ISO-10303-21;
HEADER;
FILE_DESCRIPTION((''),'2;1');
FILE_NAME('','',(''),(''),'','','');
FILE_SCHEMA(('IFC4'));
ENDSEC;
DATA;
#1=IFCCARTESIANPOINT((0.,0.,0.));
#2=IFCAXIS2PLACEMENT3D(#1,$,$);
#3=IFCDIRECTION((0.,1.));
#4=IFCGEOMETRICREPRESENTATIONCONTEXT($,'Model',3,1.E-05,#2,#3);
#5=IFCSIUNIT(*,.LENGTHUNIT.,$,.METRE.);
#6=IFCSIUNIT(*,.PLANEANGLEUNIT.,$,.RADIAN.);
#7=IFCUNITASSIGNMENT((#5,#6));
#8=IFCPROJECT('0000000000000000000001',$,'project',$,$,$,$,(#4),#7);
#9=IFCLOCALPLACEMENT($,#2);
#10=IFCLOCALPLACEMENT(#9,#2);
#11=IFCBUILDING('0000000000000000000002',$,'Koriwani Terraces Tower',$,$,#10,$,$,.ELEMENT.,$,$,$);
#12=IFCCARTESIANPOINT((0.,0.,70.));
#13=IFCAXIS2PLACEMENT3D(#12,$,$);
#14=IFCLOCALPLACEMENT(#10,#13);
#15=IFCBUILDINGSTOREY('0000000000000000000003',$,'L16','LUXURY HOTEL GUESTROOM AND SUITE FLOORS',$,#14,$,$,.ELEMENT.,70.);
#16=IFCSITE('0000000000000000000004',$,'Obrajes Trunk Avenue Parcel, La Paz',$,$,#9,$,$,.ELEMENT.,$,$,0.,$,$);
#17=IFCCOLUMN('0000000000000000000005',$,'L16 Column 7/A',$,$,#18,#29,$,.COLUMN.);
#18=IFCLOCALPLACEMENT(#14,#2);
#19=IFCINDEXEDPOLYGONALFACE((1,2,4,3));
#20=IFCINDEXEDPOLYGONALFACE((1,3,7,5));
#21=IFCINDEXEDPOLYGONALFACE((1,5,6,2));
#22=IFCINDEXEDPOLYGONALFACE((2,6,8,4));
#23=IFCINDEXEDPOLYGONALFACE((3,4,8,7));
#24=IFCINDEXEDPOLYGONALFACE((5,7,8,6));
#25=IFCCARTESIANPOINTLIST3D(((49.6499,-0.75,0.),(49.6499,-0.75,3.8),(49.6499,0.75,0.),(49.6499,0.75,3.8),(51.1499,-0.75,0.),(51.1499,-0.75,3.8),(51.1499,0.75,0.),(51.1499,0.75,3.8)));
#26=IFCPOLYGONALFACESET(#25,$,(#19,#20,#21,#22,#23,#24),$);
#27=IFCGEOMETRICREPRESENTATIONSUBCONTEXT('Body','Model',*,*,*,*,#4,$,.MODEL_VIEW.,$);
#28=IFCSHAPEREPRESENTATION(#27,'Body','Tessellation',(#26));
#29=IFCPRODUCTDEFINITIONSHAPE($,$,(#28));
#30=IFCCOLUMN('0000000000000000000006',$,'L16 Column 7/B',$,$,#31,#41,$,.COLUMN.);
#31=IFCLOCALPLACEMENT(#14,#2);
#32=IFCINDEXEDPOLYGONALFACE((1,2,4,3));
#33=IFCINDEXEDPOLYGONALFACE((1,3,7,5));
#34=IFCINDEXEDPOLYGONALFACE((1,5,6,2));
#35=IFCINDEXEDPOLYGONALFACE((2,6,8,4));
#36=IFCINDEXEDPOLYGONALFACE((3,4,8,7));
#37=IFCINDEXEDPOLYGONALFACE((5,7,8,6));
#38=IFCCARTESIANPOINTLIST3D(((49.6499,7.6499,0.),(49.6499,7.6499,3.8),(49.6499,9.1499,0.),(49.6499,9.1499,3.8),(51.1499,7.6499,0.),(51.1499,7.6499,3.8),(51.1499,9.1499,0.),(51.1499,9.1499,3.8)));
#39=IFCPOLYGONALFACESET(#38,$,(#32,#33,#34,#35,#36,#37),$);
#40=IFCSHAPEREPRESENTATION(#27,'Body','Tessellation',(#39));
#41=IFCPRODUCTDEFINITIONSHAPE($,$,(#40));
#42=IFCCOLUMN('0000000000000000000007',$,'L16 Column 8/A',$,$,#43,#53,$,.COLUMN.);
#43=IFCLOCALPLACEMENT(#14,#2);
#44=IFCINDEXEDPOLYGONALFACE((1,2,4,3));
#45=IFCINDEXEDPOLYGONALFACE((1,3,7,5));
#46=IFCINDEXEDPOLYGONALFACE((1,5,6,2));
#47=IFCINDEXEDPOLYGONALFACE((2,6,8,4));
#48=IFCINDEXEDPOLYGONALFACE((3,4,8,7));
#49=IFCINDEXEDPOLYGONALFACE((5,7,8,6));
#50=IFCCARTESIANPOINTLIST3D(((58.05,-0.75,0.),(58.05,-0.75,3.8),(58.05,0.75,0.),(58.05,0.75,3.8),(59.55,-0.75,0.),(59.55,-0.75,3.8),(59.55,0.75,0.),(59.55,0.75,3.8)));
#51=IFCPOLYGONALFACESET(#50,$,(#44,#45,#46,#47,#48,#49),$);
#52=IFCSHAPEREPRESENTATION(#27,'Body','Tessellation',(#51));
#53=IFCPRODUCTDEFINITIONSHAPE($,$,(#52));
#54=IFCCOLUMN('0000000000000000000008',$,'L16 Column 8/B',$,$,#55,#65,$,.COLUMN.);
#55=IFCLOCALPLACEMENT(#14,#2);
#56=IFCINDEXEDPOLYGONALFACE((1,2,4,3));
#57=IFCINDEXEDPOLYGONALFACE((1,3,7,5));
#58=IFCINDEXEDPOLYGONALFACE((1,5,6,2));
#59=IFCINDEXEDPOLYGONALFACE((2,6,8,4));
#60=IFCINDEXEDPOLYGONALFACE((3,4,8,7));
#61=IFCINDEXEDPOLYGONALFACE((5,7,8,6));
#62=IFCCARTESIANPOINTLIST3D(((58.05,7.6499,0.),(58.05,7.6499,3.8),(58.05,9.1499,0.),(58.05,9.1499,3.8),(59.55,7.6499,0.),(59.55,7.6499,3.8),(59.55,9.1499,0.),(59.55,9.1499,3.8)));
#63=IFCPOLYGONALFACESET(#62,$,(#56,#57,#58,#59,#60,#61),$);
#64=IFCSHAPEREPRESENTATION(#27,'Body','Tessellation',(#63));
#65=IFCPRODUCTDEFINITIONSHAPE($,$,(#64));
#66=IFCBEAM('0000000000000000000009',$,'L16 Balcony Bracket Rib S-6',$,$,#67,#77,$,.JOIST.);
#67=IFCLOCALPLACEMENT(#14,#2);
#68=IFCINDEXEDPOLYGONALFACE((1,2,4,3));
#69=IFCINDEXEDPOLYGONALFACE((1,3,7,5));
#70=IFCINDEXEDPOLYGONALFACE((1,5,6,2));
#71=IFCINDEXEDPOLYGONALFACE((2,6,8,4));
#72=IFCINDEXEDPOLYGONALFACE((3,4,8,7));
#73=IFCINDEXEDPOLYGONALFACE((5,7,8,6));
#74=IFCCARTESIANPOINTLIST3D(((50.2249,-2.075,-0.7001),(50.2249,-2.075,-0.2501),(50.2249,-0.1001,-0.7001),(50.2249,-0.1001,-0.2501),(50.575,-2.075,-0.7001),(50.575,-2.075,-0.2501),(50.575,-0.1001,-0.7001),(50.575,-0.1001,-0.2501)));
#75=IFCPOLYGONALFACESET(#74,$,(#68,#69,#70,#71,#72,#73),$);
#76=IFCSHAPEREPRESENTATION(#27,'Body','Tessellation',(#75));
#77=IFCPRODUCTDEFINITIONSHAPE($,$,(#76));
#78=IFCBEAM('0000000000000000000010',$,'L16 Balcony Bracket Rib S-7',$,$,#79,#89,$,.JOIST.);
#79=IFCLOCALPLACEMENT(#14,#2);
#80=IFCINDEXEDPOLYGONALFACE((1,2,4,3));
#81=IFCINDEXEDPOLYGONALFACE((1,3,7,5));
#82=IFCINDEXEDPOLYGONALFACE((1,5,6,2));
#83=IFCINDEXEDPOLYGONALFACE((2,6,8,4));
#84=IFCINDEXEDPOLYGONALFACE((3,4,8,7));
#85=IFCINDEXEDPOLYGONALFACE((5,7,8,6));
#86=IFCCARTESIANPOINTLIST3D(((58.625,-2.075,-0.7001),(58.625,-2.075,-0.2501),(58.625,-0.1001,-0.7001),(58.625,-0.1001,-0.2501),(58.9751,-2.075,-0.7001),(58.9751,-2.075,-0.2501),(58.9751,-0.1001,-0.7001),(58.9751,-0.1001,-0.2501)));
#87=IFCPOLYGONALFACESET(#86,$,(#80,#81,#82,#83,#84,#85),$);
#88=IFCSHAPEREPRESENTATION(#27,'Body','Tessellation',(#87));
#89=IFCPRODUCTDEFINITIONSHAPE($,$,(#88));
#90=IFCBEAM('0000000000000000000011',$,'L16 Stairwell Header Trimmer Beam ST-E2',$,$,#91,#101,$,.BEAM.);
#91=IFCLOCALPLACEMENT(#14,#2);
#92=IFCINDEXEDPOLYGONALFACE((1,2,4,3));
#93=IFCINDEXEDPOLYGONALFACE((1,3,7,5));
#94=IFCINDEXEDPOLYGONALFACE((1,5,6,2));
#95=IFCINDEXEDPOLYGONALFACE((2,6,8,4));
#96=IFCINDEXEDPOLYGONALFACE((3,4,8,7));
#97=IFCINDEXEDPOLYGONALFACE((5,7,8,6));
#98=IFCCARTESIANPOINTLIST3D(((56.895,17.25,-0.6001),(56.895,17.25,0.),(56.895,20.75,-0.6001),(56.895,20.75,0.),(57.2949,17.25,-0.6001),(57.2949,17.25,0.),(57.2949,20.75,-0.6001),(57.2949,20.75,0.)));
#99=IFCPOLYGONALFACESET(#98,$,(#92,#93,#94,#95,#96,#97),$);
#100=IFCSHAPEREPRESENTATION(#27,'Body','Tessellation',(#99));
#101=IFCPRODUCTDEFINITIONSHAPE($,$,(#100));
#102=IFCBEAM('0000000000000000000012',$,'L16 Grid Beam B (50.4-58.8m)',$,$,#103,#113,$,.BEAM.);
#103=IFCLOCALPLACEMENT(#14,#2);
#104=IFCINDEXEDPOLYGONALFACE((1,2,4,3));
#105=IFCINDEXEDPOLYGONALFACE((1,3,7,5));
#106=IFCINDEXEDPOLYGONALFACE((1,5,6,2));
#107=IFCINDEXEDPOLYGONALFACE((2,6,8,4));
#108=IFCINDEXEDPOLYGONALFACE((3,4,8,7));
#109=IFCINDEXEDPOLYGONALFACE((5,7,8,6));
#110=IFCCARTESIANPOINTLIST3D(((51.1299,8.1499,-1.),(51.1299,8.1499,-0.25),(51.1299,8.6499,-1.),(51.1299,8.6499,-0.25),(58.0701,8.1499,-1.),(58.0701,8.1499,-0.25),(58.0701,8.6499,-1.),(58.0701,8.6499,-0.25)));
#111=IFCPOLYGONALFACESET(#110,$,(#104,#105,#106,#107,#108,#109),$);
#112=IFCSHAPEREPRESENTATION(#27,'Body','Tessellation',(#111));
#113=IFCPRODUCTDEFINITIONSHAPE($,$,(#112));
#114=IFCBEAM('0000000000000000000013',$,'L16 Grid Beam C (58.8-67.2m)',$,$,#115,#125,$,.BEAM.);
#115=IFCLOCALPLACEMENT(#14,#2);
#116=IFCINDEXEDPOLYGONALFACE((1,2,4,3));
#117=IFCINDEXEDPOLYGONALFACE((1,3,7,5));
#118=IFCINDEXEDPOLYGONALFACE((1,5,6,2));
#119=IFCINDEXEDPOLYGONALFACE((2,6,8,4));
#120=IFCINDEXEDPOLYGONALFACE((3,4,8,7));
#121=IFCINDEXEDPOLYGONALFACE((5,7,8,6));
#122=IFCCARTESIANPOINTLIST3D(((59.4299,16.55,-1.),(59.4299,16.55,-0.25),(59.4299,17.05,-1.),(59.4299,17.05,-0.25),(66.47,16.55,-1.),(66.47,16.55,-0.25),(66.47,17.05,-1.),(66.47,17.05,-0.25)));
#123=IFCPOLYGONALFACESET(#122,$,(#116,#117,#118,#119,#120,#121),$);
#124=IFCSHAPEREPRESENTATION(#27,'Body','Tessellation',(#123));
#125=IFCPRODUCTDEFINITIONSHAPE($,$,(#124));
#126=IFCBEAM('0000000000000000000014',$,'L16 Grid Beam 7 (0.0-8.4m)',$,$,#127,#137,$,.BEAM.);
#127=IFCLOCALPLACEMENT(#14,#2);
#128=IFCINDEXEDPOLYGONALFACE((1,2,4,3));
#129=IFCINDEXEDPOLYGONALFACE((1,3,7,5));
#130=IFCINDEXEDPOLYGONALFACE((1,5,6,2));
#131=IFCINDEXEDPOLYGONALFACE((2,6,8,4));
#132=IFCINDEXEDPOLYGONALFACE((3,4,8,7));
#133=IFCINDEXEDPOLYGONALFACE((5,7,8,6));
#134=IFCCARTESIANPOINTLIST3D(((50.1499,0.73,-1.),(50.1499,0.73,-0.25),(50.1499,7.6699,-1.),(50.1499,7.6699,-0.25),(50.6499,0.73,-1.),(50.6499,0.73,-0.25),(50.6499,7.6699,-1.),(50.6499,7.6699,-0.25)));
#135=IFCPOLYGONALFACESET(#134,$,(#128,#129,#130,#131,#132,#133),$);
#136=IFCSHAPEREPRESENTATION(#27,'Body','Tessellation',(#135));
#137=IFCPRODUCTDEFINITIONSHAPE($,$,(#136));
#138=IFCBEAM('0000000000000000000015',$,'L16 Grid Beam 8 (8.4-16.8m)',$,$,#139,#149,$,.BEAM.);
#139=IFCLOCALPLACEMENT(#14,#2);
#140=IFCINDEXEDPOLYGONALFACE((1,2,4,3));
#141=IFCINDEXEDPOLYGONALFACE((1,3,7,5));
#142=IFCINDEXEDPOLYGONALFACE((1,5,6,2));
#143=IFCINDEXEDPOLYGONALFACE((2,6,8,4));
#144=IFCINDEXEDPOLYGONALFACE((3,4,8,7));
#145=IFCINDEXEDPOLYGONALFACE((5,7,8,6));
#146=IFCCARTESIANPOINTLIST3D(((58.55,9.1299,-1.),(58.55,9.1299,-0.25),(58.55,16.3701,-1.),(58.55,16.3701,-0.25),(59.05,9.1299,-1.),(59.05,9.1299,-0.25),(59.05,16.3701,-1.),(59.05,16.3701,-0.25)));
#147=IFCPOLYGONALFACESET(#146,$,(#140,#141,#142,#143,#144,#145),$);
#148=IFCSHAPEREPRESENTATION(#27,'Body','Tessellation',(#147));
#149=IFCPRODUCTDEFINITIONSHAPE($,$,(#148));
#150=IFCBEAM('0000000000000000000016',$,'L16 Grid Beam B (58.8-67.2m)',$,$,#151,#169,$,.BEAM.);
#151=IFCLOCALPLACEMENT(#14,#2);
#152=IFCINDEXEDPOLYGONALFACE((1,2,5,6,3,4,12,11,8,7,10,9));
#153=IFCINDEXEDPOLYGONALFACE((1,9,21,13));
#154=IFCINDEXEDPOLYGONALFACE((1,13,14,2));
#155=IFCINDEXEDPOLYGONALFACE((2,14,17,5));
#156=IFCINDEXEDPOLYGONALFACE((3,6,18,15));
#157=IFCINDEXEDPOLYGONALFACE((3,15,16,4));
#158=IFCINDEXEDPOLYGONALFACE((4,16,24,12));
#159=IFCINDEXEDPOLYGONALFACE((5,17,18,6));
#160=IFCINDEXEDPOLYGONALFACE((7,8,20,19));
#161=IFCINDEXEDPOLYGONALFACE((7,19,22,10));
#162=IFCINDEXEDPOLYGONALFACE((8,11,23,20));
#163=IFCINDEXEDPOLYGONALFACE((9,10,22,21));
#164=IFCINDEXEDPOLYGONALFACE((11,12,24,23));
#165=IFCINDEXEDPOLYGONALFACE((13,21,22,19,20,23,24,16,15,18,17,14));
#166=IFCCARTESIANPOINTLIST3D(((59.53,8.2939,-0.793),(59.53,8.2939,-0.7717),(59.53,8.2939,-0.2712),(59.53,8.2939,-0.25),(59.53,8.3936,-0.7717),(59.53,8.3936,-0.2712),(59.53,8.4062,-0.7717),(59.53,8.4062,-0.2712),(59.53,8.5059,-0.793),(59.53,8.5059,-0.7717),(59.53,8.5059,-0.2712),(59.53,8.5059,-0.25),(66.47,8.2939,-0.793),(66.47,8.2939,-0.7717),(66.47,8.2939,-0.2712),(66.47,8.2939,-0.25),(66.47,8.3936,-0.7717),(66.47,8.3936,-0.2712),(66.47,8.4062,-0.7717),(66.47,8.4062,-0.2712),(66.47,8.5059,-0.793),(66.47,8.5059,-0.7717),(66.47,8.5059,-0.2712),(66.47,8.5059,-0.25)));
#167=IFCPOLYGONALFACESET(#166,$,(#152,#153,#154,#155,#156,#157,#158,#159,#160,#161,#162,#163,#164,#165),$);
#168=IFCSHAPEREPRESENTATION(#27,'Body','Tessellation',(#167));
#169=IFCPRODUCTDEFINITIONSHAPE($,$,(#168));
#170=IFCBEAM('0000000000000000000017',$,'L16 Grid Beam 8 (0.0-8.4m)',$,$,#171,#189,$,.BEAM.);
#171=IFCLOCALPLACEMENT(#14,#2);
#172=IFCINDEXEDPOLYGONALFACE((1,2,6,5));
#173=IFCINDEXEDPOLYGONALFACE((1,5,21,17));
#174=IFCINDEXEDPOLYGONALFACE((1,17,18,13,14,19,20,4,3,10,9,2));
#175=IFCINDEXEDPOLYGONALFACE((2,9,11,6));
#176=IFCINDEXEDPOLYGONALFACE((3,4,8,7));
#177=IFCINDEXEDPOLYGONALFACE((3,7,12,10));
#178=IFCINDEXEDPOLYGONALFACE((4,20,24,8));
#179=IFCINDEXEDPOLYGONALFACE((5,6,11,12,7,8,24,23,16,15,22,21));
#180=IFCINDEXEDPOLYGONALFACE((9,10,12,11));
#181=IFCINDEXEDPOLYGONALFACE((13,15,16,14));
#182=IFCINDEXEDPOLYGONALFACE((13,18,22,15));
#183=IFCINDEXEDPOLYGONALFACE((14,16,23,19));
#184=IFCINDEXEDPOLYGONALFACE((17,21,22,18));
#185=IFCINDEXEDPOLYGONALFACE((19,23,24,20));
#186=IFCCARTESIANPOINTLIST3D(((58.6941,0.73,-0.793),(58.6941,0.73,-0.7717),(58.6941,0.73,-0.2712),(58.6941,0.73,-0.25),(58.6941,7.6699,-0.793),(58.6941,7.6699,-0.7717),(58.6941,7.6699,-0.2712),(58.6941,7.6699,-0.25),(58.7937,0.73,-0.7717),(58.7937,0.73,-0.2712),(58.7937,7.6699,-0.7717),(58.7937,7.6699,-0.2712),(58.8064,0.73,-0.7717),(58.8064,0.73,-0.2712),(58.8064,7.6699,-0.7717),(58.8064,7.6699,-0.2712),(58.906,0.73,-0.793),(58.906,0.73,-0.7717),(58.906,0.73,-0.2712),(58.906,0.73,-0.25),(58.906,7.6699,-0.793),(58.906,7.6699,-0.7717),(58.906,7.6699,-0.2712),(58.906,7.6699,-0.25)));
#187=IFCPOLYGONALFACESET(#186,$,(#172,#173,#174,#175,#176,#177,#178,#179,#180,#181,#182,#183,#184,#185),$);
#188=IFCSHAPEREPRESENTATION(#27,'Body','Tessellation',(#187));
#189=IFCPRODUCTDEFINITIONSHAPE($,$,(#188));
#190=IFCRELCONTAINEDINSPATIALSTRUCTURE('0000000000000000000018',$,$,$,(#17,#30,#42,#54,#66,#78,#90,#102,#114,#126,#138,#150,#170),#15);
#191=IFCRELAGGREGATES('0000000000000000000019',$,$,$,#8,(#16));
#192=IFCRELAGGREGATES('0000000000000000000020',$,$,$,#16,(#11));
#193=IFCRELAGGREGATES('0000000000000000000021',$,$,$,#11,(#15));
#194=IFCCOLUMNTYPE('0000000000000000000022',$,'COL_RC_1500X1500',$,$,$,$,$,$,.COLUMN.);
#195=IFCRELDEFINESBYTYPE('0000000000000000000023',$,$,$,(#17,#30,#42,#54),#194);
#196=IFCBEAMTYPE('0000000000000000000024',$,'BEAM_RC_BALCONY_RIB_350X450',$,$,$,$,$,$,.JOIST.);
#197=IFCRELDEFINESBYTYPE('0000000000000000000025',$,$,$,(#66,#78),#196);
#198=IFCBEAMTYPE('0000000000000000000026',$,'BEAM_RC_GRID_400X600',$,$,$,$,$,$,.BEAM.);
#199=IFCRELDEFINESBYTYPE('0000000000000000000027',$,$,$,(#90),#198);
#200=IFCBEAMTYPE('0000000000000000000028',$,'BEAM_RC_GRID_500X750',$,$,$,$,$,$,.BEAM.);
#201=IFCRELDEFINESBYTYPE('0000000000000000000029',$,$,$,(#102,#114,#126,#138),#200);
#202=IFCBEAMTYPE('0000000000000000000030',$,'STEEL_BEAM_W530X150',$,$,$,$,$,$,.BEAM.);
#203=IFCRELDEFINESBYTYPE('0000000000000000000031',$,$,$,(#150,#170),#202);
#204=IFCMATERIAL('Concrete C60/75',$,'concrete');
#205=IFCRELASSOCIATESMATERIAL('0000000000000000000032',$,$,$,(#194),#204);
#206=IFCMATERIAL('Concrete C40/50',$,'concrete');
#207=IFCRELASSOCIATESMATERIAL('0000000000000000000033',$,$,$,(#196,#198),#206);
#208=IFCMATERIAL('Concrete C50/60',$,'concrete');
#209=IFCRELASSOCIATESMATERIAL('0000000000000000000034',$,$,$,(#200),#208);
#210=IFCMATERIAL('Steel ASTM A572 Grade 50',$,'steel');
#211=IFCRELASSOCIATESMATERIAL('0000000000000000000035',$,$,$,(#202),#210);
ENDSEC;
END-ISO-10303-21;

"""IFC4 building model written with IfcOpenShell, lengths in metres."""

from ifc_helpers import new_model, si_unit, direction, frame, origin, origin_2d, place, context, subcontext, project, spatial, rectangle, i_section, extrude, material, material_profile, profile_set, type_object, element, save


model = new_model("IFC4")

# Units and contexts
model_context = context("Model", 3, precision=1e-05, world=origin(), true_north=direction((0.0, 1.0)))
body_context = subcontext(model_context, "Body", "Model", "MODEL_VIEW")
ifc_project = project(units=[si_unit("LENGTHUNIT", "METRE"), si_unit("PLANEANGLEUNIT", "RADIAN")], contexts=[model_context])

# Site, building, storey
site_placement = place(None, origin())
site = spatial("IfcSite", under=ifc_project, at=site_placement, Name="Obrajes Trunk Avenue Parcel, La Paz", CompositionType="ELEMENT", RefElevation=0.0)
building_placement = place(site_placement, origin())
building = spatial("IfcBuilding", under=site, at=building_placement, Name="Koriwani Terraces Tower", CompositionType="ELEMENT")
storey_placement = place(building_placement, frame((0.0, 0.0, 70.0)))
storey = spatial("IfcBuildingStorey", under=building, at=storey_placement, Name="L16", Description="LUXURY HOTEL GUESTROOM AND SUITE FLOORS", CompositionType="ELEMENT", Elevation=70.0)

# Columns
ifc_material_1 = material(Name="Concrete C60/75", Category="concrete")
ifc_material_profile_1 = material_profile(ifc_material_1, rectangle(XDim=1.5, YDim=1.5, at=origin_2d()), Name="Concrete C60/75", Category="LoadBearing")
ifc_profile_set_1 = profile_set([ifc_material_profile_1], Name="Concrete C60/75")
column_type = type_object("IfcColumnType", Name="COL_RC_1500X1500", PredefinedType="COLUMN", material=ifc_profile_set_1)
for number, where, z_axis, x_axis, name in (
    (1, (50.3999, 0.0, 0.0), (0.0, 0.0, 1.0), (1.0, 0.0, 0.0), "L16 Column 7/A"),
    (2, (50.3999, 8.3999, 0.0), (0.0, 0.0, 1.0), (1.0, 0.0, 0.0), "L16 Column 7/B"),
    (3, (58.8, 0.0, 0.0), (0.0, 0.0, 1.0), (1.0, 0.0, 0.0), "L16 Column 8/A"),
    (4, (58.8, 8.3999, 0.0), (0.0, 0.0, 1.0), (1.0, 0.0, 0.0), "L16 Column 8/B"),
):
    element("IfcColumn", number, at=place(storey_placement, frame(where, z_axis=z_axis, x_axis=x_axis)), inside=storey, type_object=column_type, Name=name, PredefinedType="COLUMN", context=body_context, shape_type="SweptSolid", body=[
        extrude(rectangle(XDim=1.5, YDim=1.5, at=origin_2d()), origin(), (0.0, 0.0, 1.0), 3.8),
    ])

# Beams
ifc_material_2 = material(Name="Concrete C40/50", Category="concrete")
ifc_material_profile_2 = material_profile(ifc_material_2, rectangle(XDim=0.3501, YDim=0.45, at=origin_2d()), Name="Concrete C40/50", Category="LoadBearing")
ifc_profile_set_2 = profile_set([ifc_material_profile_2], Name="Concrete C40/50")
beam_type_1 = type_object("IfcBeamType", Name="BEAM_RC_BALCONY_RIB_350X450", PredefinedType="JOIST", material=ifc_profile_set_2)
for number, where, z_axis, x_axis, name in (
    (5, (50.3999, -2.075, -0.4751), (0.0, 1.0, 0.0), (-1.0, 0.0, 0.0), "L16 Balcony Bracket Rib S-6"),
    (6, (58.8, -2.075, -0.4751), (0.0, 1.0, 0.0), (-1.0, 0.0, 0.0), "L16 Balcony Bracket Rib S-7"),
):
    element("IfcBeam", number, at=place(storey_placement, frame(where, z_axis=z_axis, x_axis=x_axis)), inside=storey, type_object=beam_type_1, Name=name, PredefinedType="JOIST", context=body_context, shape_type="SweptSolid", body=[
        extrude(rectangle(XDim=0.3501, YDim=0.45, at=origin_2d()), origin(), (0.0, 0.0, 1.0), 1.9749),
    ])
ifc_material_profile_3 = material_profile(ifc_material_2, rectangle(XDim=0.3999, YDim=0.6001, at=origin_2d()), Name="Concrete C40/50", Category="LoadBearing")
ifc_profile_set_3 = profile_set([ifc_material_profile_3], Name="Concrete C40/50")
beam_type_2 = type_object("IfcBeamType", Name="BEAM_RC_GRID_400X600", PredefinedType="BEAM", material=ifc_profile_set_3)
beam_1_placement = place(storey_placement, frame((57.095, 17.25, -0.3), z_axis=(0.0, 1.0, 0.0), x_axis=(-1.0, 0.0, 0.0)))
element("IfcBeam", 7, at=beam_1_placement, inside=storey, type_object=beam_type_2, Name="L16 Stairwell Header Trimmer Beam ST-E2", PredefinedType="BEAM", context=body_context, shape_type="SweptSolid", body=[
    extrude(rectangle(XDim=0.3999, YDim=0.6001, at=origin_2d()), origin(), (0.0, 0.0, 1.0), 3.5),
])
ifc_material_3 = material(Name="Concrete C50/60", Category="concrete")
ifc_material_profile_4 = material_profile(ifc_material_3, rectangle(XDim=0.5, YDim=0.75, at=origin_2d()), Name="Concrete C50/60", Category="LoadBearing")
ifc_profile_set_4 = profile_set([ifc_material_profile_4], Name="Concrete C50/60")
beam_type_3 = type_object("IfcBeamType", Name="BEAM_RC_GRID_500X750", PredefinedType="BEAM", material=ifc_profile_set_4)
beam_2_placement = place(storey_placement, frame((51.1299, 8.3999, -0.625), z_axis=(1.0, 0.0, 0.0), x_axis=(0.0, 1.0, 0.0)))
element("IfcBeam", 8, at=beam_2_placement, inside=storey, type_object=beam_type_3, Name="L16 Grid Beam B (50.4-58.8m)", PredefinedType="BEAM", context=body_context, shape_type="SweptSolid", body=[
    extrude(rectangle(XDim=0.5, YDim=0.75, at=origin_2d()), origin(), (0.0, 0.0, 1.0), 6.9402),
])
beam_3_placement = place(storey_placement, frame((59.4299, 16.8, -0.625), z_axis=(1.0, 0.0, 0.0), x_axis=(0.0, 1.0, 0.0)))
element("IfcBeam", 9, at=beam_3_placement, inside=storey, type_object=beam_type_3, Name="L16 Grid Beam C (58.8-67.2m)", PredefinedType="BEAM", context=body_context, shape_type="SweptSolid", body=[
    extrude(rectangle(XDim=0.5, YDim=0.75, at=origin_2d()), origin(), (0.0, 0.0, 1.0), 7.04),
])
beam_4_placement = place(storey_placement, frame((50.3999, 0.73, -0.625), z_axis=(0.0, 1.0, 0.0), x_axis=(-1.0, 0.0, 0.0)))
element("IfcBeam", 10, at=beam_4_placement, inside=storey, type_object=beam_type_3, Name="L16 Grid Beam 7 (0.0-8.4m)", PredefinedType="BEAM", context=body_context, shape_type="SweptSolid", body=[
    extrude(rectangle(XDim=0.5, YDim=0.75, at=origin_2d()), origin(), (0.0, 0.0, 1.0), 6.9399),
])
beam_5_placement = place(storey_placement, frame((58.8, 9.1299, -0.625), z_axis=(0.0, 1.0, 0.0), x_axis=(-1.0, 0.0, 0.0)))
element("IfcBeam", 11, at=beam_5_placement, inside=storey, type_object=beam_type_3, Name="L16 Grid Beam 8 (8.4-16.8m)", PredefinedType="BEAM", context=body_context, shape_type="SweptSolid", body=[
    extrude(rectangle(XDim=0.5, YDim=0.75, at=origin_2d()), origin(), (0.0, 0.0, 1.0), 7.2402),
])
ifc_material_4 = material(Name="Steel ASTM A572 Grade 50", Category="steel")
ifc_material_profile_5 = material_profile(ifc_material_4, i_section(OverallWidth=0.2119, OverallDepth=0.543, WebThickness=0.0127, FlangeThickness=0.0212, at=origin_2d()), Name="Steel ASTM A572 Grade 50", Category="LoadBearing")
ifc_profile_set_5 = profile_set([ifc_material_profile_5], Name="Steel ASTM A572 Grade 50")
beam_type_4 = type_object("IfcBeamType", Name="STEEL_BEAM_W530X150", PredefinedType="BEAM", material=ifc_profile_set_5)
for number, where, z_axis, x_axis, name in (
    (12, (59.53, 8.3999, -0.5215), (1.0, 0.0, 0.0), (0.0, 1.0, 0.0), "L16 Grid Beam B (58.8-67.2m)"),
    (13, (58.8, 0.73, -0.5215), (0.0, 1.0, 0.0), (-1.0, 0.0, 0.0), "L16 Grid Beam 8 (0.0-8.4m)"),
):
    element("IfcBeam", number, at=place(storey_placement, frame(where, z_axis=z_axis, x_axis=x_axis)), inside=storey, type_object=beam_type_4, Name=name, PredefinedType="BEAM", context=body_context, shape_type="SweptSolid", body=[
        extrude(i_section(OverallWidth=0.2119, OverallDepth=0.543, WebThickness=0.0127, FlangeThickness=0.0212, at=origin_2d()), origin(), (0.0, 0.0, 1.0), 6.9399),
    ])

save(model, "model.ifc")
